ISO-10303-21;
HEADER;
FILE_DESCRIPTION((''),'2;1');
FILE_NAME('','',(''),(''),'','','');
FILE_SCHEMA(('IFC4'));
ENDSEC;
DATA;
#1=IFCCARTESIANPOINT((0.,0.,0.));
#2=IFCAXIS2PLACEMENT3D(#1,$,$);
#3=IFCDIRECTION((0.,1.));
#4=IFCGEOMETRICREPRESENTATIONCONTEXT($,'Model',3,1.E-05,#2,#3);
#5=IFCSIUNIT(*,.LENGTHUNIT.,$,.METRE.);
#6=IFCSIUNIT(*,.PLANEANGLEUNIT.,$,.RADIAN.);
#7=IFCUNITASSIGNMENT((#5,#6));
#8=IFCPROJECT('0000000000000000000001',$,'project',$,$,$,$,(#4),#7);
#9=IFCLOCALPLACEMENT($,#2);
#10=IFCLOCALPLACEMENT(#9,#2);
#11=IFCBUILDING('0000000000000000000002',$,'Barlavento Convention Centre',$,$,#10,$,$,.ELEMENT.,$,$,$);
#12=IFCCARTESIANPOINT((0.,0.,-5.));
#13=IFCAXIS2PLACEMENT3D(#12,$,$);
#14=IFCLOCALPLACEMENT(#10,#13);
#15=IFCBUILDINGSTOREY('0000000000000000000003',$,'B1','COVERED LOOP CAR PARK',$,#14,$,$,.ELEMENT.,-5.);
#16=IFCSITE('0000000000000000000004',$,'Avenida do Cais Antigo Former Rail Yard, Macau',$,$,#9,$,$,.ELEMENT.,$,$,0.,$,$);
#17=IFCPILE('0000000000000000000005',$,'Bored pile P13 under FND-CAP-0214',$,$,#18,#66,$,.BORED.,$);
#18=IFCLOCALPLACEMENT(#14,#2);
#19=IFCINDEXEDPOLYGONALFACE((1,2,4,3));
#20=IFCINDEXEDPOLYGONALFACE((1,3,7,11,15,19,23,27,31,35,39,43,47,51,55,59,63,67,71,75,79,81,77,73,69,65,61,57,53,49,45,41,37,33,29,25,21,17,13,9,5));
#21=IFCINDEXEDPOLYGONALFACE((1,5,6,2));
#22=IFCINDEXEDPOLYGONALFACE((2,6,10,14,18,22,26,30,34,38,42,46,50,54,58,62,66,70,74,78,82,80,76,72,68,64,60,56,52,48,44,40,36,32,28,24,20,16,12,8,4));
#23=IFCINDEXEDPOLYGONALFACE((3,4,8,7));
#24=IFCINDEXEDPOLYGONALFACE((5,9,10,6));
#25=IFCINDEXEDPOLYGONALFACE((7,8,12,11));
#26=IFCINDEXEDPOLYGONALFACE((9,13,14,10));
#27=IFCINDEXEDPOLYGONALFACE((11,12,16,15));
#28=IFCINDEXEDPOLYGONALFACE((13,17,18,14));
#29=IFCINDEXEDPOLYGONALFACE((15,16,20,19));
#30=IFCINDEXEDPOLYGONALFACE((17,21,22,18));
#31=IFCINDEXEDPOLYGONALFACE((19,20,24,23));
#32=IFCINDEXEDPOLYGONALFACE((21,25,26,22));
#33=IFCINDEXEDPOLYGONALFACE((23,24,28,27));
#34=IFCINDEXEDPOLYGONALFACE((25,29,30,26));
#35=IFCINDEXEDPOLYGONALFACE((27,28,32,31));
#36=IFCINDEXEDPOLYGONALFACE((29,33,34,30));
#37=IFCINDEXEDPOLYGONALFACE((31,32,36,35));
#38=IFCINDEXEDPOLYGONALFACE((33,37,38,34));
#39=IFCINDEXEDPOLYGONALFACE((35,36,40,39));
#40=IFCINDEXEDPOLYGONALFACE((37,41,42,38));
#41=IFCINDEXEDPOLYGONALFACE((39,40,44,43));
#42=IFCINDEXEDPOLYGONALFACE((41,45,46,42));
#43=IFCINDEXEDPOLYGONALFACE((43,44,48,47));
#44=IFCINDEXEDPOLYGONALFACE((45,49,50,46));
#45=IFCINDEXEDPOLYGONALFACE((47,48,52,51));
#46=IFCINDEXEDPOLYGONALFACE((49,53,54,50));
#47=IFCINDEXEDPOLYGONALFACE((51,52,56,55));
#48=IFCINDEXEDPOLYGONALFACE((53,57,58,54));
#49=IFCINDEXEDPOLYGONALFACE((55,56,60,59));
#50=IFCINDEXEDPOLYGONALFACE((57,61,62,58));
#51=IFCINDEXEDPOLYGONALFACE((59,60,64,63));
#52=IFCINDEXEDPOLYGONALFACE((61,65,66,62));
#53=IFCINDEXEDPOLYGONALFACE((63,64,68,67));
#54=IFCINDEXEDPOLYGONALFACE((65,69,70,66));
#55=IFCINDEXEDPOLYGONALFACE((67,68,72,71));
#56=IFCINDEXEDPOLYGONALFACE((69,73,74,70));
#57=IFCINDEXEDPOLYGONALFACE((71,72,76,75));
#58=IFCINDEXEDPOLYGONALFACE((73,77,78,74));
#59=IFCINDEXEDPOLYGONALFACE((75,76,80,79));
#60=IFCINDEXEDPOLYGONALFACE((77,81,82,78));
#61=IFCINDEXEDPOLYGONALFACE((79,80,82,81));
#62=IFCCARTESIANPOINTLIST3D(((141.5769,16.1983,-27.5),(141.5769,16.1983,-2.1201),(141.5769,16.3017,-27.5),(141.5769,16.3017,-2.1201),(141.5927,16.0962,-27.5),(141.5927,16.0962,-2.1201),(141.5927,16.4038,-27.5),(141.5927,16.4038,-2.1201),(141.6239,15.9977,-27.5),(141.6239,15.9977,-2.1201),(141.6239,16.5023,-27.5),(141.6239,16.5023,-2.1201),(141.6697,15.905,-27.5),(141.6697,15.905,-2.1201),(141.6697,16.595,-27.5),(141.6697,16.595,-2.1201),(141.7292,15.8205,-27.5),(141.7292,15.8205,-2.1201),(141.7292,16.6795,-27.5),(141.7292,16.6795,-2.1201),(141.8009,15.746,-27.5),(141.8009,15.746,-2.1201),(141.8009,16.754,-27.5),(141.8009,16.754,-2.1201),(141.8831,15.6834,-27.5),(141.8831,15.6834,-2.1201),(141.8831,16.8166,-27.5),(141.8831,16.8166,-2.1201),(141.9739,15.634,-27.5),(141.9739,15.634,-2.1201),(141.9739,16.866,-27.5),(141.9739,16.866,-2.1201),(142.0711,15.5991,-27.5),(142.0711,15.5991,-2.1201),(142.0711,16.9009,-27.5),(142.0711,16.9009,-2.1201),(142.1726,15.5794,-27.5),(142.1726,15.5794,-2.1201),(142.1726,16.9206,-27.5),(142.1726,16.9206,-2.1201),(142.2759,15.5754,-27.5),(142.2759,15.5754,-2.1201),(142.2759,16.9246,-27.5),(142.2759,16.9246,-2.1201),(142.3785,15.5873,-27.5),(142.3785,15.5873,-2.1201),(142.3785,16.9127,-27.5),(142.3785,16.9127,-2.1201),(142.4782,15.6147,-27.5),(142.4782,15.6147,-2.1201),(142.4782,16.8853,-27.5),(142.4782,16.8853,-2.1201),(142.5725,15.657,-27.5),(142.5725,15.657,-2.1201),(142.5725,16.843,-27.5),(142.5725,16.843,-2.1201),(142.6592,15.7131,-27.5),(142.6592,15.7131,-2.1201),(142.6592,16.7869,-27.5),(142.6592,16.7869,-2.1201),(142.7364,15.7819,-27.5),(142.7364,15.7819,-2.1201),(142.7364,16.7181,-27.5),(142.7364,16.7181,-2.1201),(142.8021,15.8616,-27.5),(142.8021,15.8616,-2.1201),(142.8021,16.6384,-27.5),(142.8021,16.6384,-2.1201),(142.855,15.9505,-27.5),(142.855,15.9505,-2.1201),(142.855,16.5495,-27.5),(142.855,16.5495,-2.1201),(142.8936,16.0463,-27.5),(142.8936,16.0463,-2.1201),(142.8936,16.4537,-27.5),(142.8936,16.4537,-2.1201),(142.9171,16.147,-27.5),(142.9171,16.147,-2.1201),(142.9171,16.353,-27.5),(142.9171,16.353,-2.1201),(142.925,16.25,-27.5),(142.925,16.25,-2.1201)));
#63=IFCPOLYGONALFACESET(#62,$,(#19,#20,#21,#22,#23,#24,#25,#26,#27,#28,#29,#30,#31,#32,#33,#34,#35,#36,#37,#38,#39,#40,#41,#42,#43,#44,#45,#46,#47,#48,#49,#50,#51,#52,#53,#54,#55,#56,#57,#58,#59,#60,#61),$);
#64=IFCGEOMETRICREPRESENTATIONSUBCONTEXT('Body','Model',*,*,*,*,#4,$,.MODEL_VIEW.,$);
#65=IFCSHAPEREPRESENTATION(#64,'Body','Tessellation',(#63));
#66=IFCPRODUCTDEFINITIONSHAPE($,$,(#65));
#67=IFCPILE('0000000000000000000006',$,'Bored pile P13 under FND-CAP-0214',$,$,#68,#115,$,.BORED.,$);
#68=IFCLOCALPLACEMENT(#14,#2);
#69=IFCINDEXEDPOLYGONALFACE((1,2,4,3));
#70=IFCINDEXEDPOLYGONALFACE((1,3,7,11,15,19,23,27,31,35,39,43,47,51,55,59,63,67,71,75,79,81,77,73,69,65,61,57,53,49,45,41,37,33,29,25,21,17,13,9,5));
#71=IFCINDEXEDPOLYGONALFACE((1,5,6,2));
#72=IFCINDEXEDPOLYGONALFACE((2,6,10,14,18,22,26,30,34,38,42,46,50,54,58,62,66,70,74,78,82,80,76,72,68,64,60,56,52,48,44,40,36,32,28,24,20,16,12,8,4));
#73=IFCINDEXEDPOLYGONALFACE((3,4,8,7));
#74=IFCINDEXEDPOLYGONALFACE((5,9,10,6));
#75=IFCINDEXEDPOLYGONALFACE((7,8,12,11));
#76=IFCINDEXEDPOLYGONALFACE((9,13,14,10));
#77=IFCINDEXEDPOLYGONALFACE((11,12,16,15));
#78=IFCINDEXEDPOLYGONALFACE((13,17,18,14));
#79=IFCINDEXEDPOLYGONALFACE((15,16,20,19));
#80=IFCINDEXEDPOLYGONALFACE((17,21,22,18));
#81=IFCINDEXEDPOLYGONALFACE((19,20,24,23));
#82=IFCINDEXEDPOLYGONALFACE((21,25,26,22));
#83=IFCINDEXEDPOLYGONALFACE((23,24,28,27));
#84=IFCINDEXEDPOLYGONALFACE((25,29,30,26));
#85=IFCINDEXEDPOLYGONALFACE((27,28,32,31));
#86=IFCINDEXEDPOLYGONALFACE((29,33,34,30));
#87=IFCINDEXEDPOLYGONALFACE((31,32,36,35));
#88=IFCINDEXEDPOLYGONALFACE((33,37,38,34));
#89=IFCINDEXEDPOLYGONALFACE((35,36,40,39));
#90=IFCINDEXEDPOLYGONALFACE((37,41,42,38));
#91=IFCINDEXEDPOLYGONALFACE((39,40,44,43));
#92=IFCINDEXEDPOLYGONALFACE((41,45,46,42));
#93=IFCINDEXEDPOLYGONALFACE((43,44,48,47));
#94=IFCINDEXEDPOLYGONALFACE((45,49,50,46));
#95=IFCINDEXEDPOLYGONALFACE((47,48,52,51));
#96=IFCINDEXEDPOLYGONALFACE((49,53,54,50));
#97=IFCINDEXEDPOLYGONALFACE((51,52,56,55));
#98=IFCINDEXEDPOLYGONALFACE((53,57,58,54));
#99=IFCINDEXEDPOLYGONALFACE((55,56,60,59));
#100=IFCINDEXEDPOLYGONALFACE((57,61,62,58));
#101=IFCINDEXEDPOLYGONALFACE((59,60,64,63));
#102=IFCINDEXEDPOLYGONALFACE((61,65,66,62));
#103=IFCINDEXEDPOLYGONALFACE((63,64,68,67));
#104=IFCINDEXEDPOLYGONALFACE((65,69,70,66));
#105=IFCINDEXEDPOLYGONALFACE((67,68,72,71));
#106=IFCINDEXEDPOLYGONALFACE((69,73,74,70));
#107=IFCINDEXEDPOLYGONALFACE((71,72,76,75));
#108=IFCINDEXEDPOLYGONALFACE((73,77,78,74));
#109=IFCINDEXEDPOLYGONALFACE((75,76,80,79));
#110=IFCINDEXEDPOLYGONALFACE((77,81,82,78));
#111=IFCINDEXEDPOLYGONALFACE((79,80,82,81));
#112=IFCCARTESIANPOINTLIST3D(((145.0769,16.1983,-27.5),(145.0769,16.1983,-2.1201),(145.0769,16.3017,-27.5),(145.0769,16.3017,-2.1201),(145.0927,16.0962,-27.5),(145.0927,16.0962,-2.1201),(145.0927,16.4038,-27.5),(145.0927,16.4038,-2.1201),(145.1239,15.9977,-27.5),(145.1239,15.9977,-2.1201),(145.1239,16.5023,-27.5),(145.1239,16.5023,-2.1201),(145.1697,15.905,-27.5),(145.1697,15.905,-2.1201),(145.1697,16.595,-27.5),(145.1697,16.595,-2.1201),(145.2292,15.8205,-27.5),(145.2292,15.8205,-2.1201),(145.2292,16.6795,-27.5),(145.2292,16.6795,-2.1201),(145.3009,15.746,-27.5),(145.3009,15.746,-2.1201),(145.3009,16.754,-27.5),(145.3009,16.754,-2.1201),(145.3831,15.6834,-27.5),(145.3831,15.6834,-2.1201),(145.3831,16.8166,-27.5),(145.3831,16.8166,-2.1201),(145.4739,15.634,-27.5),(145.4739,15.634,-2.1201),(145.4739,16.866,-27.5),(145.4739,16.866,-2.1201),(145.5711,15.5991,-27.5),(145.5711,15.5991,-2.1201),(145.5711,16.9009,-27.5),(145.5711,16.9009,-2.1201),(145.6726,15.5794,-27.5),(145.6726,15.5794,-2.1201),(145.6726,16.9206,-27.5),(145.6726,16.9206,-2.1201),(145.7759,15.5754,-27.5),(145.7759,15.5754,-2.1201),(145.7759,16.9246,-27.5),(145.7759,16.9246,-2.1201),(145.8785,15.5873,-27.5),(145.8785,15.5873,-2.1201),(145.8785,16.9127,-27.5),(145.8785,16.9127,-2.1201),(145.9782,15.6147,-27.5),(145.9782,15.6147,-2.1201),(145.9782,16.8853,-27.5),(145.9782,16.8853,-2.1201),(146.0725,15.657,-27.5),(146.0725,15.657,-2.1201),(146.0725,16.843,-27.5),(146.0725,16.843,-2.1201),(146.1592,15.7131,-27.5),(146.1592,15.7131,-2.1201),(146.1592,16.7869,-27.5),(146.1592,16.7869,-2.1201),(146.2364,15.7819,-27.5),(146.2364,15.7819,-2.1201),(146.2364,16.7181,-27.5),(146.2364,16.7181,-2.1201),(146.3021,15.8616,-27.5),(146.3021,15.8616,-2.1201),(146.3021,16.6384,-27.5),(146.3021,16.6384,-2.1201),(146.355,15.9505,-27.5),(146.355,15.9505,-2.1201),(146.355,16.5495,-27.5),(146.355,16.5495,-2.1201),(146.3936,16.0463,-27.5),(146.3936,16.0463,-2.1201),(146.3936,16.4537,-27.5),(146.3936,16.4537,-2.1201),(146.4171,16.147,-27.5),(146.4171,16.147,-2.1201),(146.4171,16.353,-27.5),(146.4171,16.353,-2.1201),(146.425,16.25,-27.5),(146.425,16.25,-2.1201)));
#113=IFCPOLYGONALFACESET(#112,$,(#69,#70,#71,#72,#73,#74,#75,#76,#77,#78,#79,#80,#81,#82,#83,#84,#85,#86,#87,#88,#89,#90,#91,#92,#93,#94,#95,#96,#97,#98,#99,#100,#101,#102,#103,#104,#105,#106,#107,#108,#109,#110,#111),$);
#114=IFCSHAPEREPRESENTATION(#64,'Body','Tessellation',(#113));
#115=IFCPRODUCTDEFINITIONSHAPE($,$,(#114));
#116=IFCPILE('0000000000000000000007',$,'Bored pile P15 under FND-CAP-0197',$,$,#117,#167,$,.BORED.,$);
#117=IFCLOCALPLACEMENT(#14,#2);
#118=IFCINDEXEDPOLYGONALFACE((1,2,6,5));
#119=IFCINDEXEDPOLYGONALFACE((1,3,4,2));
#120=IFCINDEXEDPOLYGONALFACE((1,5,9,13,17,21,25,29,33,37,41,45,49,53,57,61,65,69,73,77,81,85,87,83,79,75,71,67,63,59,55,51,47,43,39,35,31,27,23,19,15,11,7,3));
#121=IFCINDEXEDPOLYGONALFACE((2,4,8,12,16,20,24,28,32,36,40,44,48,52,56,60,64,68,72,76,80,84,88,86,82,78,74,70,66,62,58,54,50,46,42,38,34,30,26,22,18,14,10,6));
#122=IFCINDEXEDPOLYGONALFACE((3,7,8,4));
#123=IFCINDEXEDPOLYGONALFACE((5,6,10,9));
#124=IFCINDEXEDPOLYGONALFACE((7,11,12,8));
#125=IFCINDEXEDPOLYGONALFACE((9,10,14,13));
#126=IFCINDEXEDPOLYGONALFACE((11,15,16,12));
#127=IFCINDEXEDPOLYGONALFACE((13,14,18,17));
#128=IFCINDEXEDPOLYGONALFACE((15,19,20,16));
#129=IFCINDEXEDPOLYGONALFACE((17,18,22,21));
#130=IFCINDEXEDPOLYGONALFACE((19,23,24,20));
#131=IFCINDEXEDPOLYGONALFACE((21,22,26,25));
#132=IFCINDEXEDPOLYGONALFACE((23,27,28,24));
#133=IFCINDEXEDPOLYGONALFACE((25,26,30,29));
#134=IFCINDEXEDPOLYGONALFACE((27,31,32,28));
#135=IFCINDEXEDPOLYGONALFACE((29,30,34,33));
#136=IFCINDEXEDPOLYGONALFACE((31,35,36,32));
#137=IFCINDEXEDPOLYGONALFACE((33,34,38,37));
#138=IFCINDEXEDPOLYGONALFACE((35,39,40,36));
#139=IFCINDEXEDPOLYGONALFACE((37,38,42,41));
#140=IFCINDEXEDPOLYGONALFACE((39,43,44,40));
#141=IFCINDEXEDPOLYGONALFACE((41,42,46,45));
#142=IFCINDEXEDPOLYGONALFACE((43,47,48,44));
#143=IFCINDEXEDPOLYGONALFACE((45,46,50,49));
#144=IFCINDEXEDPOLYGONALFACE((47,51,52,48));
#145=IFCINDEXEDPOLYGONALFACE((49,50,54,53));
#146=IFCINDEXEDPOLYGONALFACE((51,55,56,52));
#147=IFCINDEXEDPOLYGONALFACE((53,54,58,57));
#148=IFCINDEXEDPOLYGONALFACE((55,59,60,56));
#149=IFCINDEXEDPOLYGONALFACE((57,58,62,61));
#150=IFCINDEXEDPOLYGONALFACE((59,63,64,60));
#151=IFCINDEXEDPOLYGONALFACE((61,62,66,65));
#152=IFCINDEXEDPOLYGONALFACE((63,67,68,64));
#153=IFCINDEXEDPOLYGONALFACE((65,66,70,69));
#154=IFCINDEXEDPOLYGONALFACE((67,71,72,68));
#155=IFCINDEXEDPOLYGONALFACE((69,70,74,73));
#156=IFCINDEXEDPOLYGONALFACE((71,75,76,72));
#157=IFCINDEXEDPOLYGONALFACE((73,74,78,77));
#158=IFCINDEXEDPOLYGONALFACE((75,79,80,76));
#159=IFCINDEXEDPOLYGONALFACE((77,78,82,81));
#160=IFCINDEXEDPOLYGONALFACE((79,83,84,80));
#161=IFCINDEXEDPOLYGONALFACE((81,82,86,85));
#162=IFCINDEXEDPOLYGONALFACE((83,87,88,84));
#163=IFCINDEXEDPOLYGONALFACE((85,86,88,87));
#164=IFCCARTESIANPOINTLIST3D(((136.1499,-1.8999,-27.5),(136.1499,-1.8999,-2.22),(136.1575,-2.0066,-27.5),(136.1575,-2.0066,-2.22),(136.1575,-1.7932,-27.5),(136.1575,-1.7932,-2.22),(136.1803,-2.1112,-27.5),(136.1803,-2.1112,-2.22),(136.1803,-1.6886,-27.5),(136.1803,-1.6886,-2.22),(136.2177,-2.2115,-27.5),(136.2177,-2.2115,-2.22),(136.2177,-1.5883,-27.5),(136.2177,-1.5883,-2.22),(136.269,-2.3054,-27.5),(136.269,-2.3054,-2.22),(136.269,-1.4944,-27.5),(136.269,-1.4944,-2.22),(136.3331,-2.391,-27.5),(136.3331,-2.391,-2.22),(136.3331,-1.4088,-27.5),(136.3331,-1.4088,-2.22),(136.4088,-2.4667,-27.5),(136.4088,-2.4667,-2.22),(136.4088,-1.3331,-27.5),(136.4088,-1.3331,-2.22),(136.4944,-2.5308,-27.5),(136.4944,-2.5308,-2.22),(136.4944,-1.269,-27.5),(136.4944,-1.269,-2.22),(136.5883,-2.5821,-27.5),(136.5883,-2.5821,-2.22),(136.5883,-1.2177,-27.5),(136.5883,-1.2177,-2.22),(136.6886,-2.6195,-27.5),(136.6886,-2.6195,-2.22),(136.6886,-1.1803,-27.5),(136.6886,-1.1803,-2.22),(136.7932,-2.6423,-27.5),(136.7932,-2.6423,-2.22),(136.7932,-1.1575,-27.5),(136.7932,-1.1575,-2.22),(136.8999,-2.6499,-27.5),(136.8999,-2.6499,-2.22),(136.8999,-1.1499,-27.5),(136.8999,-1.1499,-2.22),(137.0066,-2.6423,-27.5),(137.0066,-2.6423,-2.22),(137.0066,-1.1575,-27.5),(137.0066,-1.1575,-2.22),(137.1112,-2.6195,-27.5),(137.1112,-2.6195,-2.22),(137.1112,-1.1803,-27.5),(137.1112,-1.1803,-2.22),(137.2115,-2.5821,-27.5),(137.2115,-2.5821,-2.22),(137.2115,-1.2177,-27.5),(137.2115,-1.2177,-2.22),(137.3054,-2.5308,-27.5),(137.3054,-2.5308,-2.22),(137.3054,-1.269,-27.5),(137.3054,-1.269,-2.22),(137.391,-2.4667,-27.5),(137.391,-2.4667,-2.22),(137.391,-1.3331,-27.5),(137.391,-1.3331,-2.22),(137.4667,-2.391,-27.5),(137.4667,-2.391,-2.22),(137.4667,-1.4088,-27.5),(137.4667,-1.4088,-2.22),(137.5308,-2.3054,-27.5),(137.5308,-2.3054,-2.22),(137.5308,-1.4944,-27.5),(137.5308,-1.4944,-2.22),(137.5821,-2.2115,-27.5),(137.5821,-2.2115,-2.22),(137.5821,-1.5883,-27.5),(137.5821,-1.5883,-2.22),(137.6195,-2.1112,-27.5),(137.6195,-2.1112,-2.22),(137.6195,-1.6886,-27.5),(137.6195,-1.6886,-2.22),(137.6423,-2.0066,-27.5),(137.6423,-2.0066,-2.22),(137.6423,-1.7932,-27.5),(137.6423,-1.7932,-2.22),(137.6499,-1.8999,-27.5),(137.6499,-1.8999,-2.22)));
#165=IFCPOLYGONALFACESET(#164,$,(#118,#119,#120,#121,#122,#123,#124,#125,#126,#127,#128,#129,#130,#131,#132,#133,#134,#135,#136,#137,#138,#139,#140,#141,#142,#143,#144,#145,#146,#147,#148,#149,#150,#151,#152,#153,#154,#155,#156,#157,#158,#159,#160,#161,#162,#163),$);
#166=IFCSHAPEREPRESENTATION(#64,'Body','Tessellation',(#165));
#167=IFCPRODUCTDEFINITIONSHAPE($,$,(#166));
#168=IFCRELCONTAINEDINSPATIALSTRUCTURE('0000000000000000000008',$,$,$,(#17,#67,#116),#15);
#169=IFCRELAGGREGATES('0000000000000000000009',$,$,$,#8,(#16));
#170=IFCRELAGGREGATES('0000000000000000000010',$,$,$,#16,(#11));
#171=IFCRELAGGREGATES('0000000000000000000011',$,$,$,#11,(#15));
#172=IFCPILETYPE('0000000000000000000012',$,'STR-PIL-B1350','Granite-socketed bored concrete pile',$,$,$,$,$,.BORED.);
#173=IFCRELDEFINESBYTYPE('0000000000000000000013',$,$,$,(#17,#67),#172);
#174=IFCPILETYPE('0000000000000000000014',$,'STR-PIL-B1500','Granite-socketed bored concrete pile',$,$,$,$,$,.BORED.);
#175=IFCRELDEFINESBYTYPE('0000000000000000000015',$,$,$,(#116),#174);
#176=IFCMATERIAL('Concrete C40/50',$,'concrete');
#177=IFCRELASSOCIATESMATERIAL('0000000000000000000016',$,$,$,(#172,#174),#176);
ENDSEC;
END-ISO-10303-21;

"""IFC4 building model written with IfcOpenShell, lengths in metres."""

from ifc_helpers import new_model, si_unit, direction, frame, origin, origin_2d, place, context, subcontext, project, spatial, circle, extrude, material, material_profile, profile_set, type_object, element, save


model = new_model("IFC4")

# Units and contexts
model_context = context("Model", 3, precision=1e-05, world=origin(), true_north=direction((0.0, 1.0)))
body_context = subcontext(model_context, "Body", "Model", "MODEL_VIEW")
ifc_project = project(units=[si_unit("LENGTHUNIT", "METRE"), si_unit("PLANEANGLEUNIT", "RADIAN")], contexts=[model_context])

# Site, building, storey
site_placement = place(None, origin())
site = spatial("IfcSite", under=ifc_project, at=site_placement, Name="Avenida do Cais Antigo Former Rail Yard, Macau", CompositionType="ELEMENT", RefElevation=0.0)
building_placement = place(site_placement, origin())
building = spatial("IfcBuilding", under=site, at=building_placement, Name="Barlavento Convention Centre", CompositionType="ELEMENT")
storey_placement = place(building_placement, frame((0.0, 0.0, -5.0)))
storey = spatial("IfcBuildingStorey", under=building, at=storey_placement, Name="B1", Description="COVERED LOOP CAR PARK", CompositionType="ELEMENT", Elevation=-5.0)

# Shared definitions
ifc_material_1 = material(Name="Concrete C40/50", Category="concrete")

# Piles
ifc_material_profile_1 = material_profile(ifc_material_1, circle(Radius=0.675, at=origin_2d()), Name="BORED PILE 1350")
ifc_profile_set_1 = profile_set([ifc_material_profile_1], Name="Concrete C40/50")
pile_type_1 = type_object("IfcPileType", Name="STR-PIL-B1350", Description="Granite-socketed bored concrete pile", PredefinedType="BORED", material=ifc_profile_set_1)
for number, where, z_axis, x_axis, name in (
    (1, (142.25, 16.25, -2.1201), (0.0, 0.0, -1.0), (1.0, 0.0, 0.0), "Bored pile P13 under FND-CAP-0214"),
    (2, (145.75, 16.25, -2.1201), (0.0, 0.0, -1.0), (1.0, 0.0, 0.0), "Bored pile P13 under FND-CAP-0214"),
):
    element("IfcPile", number, at=place(storey_placement, frame(where, z_axis=z_axis, x_axis=x_axis)), inside=storey, type_object=pile_type_1, Name=name, PredefinedType="BORED", context=body_context, shape_type="SweptSolid", body=[
        extrude(circle(Radius=0.675, at=origin_2d()), origin(), (0.0, 0.0, 1.0), 25.3799),
    ])
ifc_material_profile_2 = material_profile(ifc_material_1, circle(Radius=0.75, at=origin_2d()), Name="BORED PILE 1500")
ifc_profile_set_2 = profile_set([ifc_material_profile_2], Name="Concrete C40/50")
pile_type_2 = type_object("IfcPileType", Name="STR-PIL-B1500", Description="Granite-socketed bored concrete pile", PredefinedType="BORED", material=ifc_profile_set_2)
for number, where, z_axis, x_axis, name in (
    (3, (136.8999, -1.8999, -2.22), (0.0, 0.0, -1.0), (1.0, 0.0, 0.0), "Bored pile P15 under FND-CAP-0197"),
):
    element("IfcPile", number, at=place(storey_placement, frame(where, z_axis=z_axis, x_axis=x_axis)), inside=storey, type_object=pile_type_2, Name=name, PredefinedType="BORED", context=body_context, shape_type="SweptSolid", body=[
        extrude(circle(Radius=0.75, at=origin_2d()), origin(), (0.0, 0.0, 1.0), 25.28),
    ])

save(model, "model.ifc")
